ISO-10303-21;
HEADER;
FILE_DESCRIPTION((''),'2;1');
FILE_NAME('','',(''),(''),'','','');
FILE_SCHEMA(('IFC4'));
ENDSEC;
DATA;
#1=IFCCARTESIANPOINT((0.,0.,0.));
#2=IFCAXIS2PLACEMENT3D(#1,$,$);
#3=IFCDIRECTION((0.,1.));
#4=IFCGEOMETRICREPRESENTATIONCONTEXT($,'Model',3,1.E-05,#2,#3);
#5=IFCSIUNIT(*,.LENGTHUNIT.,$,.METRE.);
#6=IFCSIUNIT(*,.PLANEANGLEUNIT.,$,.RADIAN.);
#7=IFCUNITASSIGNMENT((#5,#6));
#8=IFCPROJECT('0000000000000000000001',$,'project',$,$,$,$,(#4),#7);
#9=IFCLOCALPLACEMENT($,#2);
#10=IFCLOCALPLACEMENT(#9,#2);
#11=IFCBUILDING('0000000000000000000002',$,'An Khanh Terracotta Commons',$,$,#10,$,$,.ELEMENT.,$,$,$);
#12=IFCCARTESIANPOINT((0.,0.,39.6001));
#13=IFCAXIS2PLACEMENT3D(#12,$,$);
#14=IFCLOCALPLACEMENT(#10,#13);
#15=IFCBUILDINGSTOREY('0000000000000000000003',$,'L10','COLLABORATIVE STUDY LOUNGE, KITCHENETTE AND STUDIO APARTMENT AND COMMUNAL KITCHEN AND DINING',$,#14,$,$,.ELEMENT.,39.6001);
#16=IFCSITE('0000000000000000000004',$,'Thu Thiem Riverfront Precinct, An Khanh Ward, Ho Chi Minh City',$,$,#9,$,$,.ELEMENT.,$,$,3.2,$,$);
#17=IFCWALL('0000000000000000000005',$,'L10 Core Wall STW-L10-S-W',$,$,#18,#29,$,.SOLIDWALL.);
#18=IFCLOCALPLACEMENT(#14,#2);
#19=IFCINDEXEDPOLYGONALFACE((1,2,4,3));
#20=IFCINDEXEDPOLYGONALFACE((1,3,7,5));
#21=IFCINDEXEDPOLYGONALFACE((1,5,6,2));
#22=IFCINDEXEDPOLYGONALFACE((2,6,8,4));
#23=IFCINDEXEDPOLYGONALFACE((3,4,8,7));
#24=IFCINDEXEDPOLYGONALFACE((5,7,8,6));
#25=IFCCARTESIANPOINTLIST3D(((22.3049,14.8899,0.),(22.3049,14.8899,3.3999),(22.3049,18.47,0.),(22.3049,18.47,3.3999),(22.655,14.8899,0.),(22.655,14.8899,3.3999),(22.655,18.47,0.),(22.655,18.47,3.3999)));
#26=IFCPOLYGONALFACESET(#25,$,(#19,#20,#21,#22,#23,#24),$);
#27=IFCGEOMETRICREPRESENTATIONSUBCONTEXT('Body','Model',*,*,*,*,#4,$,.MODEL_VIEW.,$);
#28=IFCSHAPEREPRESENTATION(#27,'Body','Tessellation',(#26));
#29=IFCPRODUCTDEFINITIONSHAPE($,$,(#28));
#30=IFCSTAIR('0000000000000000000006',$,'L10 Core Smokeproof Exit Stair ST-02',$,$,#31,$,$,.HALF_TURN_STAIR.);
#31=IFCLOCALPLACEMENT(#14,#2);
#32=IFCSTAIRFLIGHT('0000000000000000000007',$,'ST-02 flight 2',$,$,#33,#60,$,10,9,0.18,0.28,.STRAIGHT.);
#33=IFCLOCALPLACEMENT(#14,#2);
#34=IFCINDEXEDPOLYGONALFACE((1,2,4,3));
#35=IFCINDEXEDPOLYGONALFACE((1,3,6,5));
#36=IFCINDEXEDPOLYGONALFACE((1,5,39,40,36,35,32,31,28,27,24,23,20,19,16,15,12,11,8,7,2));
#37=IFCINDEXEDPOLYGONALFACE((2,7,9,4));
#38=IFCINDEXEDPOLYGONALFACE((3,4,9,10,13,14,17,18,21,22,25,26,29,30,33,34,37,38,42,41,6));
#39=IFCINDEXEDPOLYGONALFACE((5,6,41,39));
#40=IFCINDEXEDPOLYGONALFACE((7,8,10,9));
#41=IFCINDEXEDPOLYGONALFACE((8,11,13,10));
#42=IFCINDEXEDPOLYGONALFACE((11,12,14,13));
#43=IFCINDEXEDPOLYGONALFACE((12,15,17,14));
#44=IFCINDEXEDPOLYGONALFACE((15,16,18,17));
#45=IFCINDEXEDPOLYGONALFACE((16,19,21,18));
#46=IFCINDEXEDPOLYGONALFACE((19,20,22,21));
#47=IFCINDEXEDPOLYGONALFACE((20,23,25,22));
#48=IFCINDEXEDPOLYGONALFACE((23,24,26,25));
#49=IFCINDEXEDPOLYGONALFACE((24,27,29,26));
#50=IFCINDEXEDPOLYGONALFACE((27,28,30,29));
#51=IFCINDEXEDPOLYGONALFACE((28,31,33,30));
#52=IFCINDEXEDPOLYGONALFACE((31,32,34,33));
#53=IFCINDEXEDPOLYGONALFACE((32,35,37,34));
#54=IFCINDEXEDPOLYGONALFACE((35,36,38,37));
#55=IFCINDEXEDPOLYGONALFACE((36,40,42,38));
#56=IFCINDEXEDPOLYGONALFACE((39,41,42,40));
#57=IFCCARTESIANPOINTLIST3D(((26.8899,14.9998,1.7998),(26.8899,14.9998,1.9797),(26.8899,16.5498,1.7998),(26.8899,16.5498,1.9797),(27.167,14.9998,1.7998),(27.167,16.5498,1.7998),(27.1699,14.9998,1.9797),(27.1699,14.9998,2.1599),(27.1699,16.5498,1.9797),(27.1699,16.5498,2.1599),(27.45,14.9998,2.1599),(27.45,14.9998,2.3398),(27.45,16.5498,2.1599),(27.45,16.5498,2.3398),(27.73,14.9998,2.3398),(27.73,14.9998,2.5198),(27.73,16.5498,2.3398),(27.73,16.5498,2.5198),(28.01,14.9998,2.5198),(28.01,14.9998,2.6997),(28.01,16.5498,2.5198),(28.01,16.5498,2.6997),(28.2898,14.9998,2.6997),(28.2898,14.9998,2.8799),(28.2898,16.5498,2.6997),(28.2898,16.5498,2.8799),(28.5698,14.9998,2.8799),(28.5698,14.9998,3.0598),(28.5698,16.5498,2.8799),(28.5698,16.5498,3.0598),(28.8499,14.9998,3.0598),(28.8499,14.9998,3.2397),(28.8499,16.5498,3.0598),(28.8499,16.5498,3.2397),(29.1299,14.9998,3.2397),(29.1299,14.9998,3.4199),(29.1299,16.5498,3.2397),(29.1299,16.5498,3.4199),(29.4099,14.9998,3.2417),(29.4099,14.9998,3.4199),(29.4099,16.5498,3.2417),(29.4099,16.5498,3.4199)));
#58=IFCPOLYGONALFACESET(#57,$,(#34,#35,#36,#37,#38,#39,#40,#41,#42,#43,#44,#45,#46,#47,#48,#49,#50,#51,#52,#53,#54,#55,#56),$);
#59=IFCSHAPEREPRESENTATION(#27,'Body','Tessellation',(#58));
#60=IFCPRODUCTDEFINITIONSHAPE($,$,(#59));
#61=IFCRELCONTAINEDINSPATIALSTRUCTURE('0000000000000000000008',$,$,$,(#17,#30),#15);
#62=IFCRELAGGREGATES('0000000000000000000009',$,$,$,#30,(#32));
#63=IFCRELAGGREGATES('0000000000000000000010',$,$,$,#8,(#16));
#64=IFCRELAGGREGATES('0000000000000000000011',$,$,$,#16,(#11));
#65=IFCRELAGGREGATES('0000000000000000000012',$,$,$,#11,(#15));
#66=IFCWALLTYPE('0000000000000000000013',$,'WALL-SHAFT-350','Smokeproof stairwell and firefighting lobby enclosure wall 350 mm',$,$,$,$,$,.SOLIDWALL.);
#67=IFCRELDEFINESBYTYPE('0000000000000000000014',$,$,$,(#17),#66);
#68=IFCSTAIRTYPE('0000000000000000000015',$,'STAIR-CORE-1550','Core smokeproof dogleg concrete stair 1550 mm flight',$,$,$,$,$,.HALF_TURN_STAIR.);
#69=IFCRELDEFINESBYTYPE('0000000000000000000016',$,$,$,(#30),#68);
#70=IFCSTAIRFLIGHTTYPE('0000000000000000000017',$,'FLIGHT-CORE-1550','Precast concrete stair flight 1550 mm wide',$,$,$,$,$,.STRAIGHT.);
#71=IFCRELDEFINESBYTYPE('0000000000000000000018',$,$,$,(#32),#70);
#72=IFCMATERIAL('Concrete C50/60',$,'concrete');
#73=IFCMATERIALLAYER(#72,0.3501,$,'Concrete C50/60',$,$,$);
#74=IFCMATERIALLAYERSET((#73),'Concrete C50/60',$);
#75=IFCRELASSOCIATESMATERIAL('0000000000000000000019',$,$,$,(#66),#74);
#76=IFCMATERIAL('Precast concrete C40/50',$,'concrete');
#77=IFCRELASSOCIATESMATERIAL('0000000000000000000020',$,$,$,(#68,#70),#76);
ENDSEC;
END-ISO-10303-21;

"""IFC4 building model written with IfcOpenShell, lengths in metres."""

from ifc_helpers import new_model, si_unit, direction, frame, frame_2d, origin, place, context, subcontext, project, spatial, polyline, rectangle, outline, extrude, material, layer, layer_set, type_object, element, aggregate, save


model = new_model("IFC4")

# Units and contexts
model_context = context("Model", 3, precision=1e-05, world=origin(), true_north=direction((0.0, 1.0)))
body_context = subcontext(model_context, "Body", "Model", "MODEL_VIEW")
ifc_project = project(units=[si_unit("LENGTHUNIT", "METRE"), si_unit("PLANEANGLEUNIT", "RADIAN")], contexts=[model_context])

# Site, building, storey
site_placement = place(None, origin())
site = spatial("IfcSite", under=ifc_project, at=site_placement, Name="Thu Thiem Riverfront Precinct, An Khanh Ward, Ho Chi Minh City", CompositionType="ELEMENT", RefElevation=3.2)
building_placement = place(site_placement, origin())
building = spatial("IfcBuilding", under=site, at=building_placement, Name="An Khanh Terracotta Commons", CompositionType="ELEMENT")
storey_placement = place(building_placement, frame((0.0, 0.0, 39.6001)))
storey = spatial("IfcBuildingStorey", under=building, at=storey_placement, Name="L10", Description="COLLABORATIVE STUDY LOUNGE, KITCHENETTE AND STUDIO APARTMENT AND COMMUNAL KITCHEN AND DINING", CompositionType="ELEMENT", Elevation=39.6001)

# Wall
ifc_material_1 = material(Name="Concrete C50/60", Category="concrete")
ifc_layer_1 = layer(ifc_material_1, 0.3501, Name="Concrete C50/60")
ifc_layer_set_1 = layer_set([ifc_layer_1], Name="Concrete C50/60")
wall_type_1 = type_object("IfcWallType", Name="WALL-SHAFT-350", Description="Smokeproof stairwell and firefighting lobby enclosure wall 350 mm", PredefinedType="SOLIDWALL", material=ifc_layer_set_1)
wall_1_placement = place(storey_placement, frame((22.48, 14.8899, 0.0), z_axis=(0.0, 0.0, 1.0), x_axis=(0.0, 1.0, 0.0)))
element("IfcWall", 1, at=wall_1_placement, inside=storey, type_object=wall_type_1, Name="L10 Core Wall STW-L10-S-W", PredefinedType="SOLIDWALL", context=body_context, shape_type="SweptSolid", body=[
    extrude(rectangle(XDim=3.5801, YDim=0.3501, at=frame_2d((1.79, 0.0))), origin(), (0.0, 0.0, 1.0), 3.3999),
])

# Stair, stair flight
ifc_material_2 = material(Name="Precast concrete C40/50", Category="concrete")
stair_type = type_object("IfcStairType", Name="STAIR-CORE-1550", Description="Core smokeproof dogleg concrete stair 1550 mm flight", PredefinedType="HALF_TURN_STAIR", material=ifc_material_2)
stair_placement = place(storey_placement, origin())
stair = element("IfcStair", 2, at=stair_placement, inside=storey, type_object=stair_type, Name="L10 Core Smokeproof Exit Stair ST-02", PredefinedType="HALF_TURN_STAIR")
stair_flight_type = type_object("IfcStairFlightType", Name="FLIGHT-CORE-1550", Description="Precast concrete stair flight 1550 mm wide", PredefinedType="STRAIGHT", material=ifc_material_2)
stair_flight_placement = place(storey_placement, frame((26.8899, 15.7749, 1.7998), z_axis=(0.0, 0.0, 1.0), x_axis=(1.0, 0.0, 0.0)))
stair_flight = element("IfcStairFlight", 3, at=stair_flight_placement, type_object=stair_flight_type, Name="ST-02 flight 2", NumberOfRisers=10, NumberOfTreads=9, PredefinedType="STRAIGHT", RiserHeight=0.18, TreadLength=0.28, context=body_context, shape_type="SweptSolid", body=[
    extrude(outline(polyline([(0.0, 0.0), (0.0, 0.1799), (0.28, 0.1799), (0.28, 0.3601), (0.5601, 0.3601), (0.5601, 0.54), (0.8401, 0.54), (0.8401, 0.72), (1.1201, 0.72), (1.1201, 0.8999), (1.3999, 0.8999), (1.3999, 1.0801), (1.6799, 1.0801), (1.6799, 1.26), (1.96, 1.26), (1.96, 1.4399), (2.24, 1.4399), (2.24, 1.6201), (2.52, 1.6201), (2.52, 1.8), (2.52, 1.4419), (0.2771, 0.0), (0.0, 0.0)])), frame((0.0, 0.7749, 0.0), z_axis=(0.0, -1.0, 0.0), x_axis=(1.0, 0.0, 0.0)), (0.0, 0.0, 1.0), 1.55),
])
aggregate(stair, [stair_flight])

save(model, "model.ifc")
